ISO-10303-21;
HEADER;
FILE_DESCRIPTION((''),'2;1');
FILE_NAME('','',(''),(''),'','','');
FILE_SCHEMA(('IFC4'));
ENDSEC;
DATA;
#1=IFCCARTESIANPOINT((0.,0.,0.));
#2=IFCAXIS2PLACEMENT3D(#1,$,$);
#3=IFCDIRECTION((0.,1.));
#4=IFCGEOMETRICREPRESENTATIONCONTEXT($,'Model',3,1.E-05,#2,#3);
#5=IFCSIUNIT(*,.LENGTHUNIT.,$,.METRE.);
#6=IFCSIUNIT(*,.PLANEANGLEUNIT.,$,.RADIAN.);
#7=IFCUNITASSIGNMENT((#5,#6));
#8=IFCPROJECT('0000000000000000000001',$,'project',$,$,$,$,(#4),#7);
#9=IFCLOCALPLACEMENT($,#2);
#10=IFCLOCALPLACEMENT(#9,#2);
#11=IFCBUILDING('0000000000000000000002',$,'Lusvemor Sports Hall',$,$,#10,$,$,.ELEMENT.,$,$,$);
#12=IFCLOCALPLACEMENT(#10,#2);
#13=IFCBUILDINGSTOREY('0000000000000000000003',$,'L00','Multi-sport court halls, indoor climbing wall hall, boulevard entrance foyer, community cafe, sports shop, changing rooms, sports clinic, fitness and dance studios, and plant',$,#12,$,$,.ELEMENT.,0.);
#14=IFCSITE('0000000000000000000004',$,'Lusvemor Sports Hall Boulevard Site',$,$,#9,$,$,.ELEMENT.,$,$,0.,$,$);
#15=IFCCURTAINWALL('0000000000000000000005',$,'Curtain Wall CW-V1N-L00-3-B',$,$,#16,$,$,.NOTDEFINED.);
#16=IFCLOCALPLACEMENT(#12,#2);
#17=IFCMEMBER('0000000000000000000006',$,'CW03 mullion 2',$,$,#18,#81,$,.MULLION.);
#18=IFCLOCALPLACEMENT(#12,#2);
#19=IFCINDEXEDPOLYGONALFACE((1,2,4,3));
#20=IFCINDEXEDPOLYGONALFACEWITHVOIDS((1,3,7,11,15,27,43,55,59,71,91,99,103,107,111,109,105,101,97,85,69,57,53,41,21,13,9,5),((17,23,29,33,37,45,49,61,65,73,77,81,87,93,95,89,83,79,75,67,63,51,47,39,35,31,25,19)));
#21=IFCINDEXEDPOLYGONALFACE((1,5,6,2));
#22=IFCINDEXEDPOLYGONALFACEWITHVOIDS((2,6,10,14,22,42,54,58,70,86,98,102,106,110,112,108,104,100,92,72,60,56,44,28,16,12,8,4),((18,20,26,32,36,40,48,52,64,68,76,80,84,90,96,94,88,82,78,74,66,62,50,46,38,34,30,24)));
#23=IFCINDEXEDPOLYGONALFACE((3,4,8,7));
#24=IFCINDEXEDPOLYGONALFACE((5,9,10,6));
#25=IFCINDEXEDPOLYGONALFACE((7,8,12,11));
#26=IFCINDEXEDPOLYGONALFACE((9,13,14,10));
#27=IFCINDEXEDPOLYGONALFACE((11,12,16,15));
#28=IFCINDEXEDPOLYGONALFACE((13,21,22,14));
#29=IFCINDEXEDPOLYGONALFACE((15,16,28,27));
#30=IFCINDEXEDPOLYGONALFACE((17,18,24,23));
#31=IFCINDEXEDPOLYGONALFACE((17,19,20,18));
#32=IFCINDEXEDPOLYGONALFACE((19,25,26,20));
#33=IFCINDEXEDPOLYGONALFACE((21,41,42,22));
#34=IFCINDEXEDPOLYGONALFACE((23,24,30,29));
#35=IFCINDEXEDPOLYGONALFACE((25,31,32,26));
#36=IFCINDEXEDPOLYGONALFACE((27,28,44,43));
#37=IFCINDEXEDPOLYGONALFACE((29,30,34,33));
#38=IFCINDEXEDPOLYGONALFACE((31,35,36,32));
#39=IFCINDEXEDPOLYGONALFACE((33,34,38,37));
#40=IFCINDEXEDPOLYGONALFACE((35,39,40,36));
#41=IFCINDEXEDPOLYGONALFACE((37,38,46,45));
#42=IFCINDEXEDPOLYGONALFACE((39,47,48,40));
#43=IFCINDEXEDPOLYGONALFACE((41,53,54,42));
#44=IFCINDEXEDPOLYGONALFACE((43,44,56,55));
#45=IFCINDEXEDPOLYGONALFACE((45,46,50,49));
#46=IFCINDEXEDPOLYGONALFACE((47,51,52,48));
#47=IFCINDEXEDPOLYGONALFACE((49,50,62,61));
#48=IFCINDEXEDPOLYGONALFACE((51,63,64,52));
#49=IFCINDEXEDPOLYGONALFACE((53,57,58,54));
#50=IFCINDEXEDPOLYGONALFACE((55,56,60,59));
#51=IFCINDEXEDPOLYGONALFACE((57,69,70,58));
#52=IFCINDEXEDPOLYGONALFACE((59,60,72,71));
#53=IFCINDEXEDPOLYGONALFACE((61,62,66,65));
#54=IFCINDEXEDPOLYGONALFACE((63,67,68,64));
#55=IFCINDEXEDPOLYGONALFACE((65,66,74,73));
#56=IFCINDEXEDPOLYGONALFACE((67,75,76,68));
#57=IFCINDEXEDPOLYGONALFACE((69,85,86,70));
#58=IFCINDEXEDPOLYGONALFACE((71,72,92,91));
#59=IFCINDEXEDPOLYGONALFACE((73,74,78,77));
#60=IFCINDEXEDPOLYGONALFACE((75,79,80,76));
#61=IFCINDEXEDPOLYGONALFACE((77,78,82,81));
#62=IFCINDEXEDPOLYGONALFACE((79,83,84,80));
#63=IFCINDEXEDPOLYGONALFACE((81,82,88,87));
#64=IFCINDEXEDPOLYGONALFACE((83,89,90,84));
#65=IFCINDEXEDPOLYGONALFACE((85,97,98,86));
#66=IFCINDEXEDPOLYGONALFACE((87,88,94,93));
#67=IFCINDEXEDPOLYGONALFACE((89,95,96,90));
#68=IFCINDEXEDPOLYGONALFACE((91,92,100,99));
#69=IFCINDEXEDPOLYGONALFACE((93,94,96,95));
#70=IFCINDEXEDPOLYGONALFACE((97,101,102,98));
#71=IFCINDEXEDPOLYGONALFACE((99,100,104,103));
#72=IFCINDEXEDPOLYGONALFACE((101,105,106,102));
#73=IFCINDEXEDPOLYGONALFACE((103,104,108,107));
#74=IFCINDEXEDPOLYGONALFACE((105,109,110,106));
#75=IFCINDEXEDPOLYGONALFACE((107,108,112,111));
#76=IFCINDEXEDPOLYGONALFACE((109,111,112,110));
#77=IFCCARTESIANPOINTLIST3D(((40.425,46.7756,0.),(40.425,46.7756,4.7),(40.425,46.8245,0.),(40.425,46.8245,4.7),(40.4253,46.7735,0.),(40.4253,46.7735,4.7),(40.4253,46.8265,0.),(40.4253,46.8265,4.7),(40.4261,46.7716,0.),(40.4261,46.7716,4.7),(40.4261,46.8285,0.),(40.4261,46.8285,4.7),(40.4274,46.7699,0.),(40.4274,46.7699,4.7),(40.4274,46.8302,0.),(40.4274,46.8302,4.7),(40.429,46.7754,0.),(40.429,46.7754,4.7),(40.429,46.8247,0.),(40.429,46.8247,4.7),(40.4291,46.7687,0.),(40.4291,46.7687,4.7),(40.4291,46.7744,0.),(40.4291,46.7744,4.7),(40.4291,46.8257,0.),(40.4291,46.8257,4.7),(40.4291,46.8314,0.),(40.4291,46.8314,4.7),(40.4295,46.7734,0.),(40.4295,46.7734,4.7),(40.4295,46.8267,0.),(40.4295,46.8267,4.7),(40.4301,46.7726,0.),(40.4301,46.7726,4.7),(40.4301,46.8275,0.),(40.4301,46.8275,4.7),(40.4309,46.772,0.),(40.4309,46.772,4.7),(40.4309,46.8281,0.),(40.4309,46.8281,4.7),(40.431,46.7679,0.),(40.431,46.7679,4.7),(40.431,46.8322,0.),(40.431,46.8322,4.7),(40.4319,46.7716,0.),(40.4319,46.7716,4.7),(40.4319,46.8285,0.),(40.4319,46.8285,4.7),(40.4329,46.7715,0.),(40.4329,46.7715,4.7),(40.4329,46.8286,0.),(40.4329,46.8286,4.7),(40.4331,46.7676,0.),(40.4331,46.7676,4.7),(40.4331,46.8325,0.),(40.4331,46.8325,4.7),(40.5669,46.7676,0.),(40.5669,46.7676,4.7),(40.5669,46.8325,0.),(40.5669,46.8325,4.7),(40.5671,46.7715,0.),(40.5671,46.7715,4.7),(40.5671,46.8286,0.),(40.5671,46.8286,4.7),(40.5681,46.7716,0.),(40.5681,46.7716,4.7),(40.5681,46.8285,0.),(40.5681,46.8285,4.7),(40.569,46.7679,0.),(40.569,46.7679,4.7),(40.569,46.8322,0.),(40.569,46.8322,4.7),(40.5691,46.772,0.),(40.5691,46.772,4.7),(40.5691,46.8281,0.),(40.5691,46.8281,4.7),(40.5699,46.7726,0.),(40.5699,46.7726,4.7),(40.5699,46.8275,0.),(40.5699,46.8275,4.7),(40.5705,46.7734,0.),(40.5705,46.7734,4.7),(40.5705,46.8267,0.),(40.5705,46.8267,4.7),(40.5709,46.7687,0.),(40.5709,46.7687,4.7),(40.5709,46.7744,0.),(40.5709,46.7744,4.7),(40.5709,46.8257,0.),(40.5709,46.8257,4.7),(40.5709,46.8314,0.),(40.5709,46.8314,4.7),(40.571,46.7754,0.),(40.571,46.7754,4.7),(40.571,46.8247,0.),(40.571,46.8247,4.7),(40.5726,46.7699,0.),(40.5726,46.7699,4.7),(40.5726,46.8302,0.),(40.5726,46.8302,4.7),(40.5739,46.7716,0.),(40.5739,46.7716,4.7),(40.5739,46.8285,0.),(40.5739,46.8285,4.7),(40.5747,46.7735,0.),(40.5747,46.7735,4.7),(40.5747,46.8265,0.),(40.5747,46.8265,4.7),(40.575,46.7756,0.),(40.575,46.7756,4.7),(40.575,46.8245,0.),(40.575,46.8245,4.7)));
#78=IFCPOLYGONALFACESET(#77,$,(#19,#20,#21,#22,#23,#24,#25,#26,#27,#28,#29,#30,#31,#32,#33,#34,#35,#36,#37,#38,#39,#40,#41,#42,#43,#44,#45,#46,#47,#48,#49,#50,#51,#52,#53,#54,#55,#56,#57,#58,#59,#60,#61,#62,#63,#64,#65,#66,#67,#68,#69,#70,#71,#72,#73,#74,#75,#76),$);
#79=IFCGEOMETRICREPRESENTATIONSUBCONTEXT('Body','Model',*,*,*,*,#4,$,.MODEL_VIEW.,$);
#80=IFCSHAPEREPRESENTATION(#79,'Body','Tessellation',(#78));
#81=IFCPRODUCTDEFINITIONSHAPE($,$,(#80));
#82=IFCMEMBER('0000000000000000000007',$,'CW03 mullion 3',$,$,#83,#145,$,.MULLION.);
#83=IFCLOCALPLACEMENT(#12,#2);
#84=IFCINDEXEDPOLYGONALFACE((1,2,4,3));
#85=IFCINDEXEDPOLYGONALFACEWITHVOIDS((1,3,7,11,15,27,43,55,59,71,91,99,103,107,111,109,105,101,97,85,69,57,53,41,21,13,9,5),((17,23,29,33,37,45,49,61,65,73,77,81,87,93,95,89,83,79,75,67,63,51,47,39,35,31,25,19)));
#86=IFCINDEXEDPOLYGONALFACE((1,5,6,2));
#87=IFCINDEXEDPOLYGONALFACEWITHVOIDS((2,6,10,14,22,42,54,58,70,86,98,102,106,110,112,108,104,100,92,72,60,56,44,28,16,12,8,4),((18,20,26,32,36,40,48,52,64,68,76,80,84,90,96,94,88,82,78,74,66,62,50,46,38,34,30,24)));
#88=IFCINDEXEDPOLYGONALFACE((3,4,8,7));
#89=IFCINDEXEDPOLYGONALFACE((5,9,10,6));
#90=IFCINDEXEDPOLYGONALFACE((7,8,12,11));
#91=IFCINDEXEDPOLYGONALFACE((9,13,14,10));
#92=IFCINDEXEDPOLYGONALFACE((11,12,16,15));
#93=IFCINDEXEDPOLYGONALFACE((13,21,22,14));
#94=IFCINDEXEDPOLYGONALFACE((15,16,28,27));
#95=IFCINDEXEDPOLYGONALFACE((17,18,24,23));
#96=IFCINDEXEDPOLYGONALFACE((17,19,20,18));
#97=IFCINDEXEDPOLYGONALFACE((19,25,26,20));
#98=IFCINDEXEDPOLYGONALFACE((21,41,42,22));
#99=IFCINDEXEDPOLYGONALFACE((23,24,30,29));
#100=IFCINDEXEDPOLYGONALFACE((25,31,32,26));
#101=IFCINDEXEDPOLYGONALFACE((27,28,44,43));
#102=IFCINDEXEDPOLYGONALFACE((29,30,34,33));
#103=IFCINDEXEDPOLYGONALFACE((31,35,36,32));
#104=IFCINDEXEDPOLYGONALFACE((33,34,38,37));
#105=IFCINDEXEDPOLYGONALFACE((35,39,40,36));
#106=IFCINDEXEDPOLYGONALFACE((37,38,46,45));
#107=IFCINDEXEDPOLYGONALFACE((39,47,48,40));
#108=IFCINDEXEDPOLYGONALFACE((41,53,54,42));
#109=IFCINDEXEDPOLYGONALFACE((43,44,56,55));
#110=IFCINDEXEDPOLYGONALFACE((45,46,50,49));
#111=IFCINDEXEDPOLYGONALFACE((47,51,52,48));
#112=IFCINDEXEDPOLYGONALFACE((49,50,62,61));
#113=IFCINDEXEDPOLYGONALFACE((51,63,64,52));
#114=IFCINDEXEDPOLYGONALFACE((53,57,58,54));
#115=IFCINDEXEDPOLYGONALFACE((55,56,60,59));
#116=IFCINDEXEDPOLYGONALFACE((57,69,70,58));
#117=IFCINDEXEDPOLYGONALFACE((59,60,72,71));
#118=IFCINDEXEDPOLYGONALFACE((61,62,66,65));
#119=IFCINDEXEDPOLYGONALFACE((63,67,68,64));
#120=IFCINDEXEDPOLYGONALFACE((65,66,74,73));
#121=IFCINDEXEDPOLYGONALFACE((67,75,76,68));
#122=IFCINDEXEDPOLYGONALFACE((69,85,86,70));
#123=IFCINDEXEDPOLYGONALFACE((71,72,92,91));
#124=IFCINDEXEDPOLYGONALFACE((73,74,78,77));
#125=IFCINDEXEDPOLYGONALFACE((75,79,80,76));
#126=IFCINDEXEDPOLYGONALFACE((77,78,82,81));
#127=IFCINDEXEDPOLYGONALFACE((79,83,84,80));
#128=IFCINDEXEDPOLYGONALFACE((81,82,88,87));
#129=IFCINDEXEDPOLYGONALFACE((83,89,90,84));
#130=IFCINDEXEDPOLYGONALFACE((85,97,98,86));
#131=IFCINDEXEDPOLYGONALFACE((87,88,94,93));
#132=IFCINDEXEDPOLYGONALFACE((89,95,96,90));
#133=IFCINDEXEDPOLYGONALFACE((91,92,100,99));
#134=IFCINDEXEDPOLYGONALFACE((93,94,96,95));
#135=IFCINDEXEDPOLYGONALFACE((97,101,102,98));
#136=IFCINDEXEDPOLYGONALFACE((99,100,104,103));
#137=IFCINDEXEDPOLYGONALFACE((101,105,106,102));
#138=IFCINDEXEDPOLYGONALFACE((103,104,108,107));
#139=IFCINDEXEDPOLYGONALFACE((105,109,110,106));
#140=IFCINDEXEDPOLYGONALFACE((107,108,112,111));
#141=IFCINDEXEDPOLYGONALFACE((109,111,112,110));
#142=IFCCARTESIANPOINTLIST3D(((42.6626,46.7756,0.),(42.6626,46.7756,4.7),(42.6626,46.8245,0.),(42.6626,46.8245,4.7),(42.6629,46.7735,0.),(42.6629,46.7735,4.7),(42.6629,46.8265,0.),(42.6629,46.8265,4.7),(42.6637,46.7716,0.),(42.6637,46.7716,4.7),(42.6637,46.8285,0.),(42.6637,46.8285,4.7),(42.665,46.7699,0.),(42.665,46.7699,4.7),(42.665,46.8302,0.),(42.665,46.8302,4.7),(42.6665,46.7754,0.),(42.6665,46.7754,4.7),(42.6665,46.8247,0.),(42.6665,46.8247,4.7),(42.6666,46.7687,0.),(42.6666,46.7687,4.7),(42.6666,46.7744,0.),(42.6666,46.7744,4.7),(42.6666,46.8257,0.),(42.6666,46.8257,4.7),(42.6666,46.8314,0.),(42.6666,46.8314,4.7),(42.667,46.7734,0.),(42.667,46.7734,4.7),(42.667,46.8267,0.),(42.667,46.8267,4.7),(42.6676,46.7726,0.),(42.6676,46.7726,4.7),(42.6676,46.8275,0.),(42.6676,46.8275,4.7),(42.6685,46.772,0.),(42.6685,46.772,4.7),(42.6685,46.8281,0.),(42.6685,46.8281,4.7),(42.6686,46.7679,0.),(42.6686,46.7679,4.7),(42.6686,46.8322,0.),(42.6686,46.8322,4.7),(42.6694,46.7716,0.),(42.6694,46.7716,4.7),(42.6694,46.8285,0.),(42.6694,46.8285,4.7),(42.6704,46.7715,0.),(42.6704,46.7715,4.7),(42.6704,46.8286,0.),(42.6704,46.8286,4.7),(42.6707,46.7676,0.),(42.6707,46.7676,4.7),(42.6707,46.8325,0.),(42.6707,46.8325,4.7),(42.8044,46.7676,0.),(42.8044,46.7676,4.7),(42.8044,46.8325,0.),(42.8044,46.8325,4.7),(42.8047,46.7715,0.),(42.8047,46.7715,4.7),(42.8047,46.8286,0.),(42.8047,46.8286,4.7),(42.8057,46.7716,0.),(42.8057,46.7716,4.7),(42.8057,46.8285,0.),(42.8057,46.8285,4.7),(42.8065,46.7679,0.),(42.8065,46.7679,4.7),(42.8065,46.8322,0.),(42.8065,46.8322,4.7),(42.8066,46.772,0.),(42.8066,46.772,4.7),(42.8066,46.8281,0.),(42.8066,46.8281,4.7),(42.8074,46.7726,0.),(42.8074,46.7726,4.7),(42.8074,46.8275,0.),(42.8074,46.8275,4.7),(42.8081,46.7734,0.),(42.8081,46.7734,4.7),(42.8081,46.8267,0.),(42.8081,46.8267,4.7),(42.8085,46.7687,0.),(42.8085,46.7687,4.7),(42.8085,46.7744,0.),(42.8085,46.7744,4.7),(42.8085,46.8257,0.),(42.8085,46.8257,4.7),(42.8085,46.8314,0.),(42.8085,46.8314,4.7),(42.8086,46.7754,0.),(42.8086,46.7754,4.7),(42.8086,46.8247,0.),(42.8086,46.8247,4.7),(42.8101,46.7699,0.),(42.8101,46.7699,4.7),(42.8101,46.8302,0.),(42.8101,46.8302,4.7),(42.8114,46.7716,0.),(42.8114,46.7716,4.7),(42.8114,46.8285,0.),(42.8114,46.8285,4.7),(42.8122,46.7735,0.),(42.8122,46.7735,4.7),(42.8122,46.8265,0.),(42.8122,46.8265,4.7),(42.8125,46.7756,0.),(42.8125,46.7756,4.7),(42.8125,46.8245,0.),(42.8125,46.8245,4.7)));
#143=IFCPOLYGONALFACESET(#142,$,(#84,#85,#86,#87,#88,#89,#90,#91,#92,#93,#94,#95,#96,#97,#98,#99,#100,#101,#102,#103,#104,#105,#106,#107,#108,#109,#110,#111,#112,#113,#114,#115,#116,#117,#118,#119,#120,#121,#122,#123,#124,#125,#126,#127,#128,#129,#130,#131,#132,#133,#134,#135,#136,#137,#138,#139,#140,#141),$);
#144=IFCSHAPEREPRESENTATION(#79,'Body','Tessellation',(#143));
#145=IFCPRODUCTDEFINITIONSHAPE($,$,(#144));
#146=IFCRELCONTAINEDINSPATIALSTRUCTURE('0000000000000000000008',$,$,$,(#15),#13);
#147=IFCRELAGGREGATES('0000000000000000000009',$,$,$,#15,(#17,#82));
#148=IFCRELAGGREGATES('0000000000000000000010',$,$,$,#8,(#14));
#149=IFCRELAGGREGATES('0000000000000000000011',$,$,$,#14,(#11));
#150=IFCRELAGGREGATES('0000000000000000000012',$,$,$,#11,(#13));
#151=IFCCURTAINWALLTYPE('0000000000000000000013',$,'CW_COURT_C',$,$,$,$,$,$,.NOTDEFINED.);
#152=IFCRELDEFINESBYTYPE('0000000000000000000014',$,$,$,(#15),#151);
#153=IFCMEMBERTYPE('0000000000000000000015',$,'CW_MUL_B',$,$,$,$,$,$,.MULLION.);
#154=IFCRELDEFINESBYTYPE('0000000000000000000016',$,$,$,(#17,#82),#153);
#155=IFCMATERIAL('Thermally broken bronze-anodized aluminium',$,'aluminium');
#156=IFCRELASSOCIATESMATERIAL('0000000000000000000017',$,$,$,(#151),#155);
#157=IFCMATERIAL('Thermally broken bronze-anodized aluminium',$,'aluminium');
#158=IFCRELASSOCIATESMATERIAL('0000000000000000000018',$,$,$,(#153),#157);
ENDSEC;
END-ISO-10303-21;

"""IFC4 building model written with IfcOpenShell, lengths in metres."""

from ifc_helpers import new_model, si_unit, direction, frame, origin, origin_2d, place, context, subcontext, project, spatial, hollow_rectangle, extrude, material, material_profile, profile_set, type_object, element, aggregate, save


model = new_model("IFC4")

# Units and contexts
model_context = context("Model", 3, precision=1e-05, world=origin(), true_north=direction((0.0, 1.0)))
body_context = subcontext(model_context, "Body", "Model", "MODEL_VIEW")
ifc_project = project(units=[si_unit("LENGTHUNIT", "METRE"), si_unit("PLANEANGLEUNIT", "RADIAN")], contexts=[model_context])

# Site, building, storey
site_placement = place(None, origin())
site = spatial("IfcSite", under=ifc_project, at=site_placement, Name="Lusvemor Sports Hall Boulevard Site", CompositionType="ELEMENT", RefElevation=0.0)
building_placement = place(site_placement, origin())
building = spatial("IfcBuilding", under=site, at=building_placement, Name="Lusvemor Sports Hall", CompositionType="ELEMENT")
storey_placement = place(building_placement, origin())
storey = spatial("IfcBuildingStorey", under=building, at=storey_placement, Name="L00", Description="Multi-sport court halls, indoor climbing wall hall, boulevard entrance foyer, community cafe, sports shop, changing rooms, sports clinic, fitness and dance studios, and plant", CompositionType="ELEMENT", Elevation=0.0)

# Curtain wall, members
ifc_material_1 = material(Name="Thermally broken bronze-anodized aluminium", Category="aluminium")
curtain_wall_type = type_object("IfcCurtainWallType", Name="CW_COURT_C", PredefinedType="NOTDEFINED", material=ifc_material_1)
curtain_wall_placement = place(storey_placement, origin())
curtain_wall = element("IfcCurtainWall", 1, at=curtain_wall_placement, inside=storey, type_object=curtain_wall_type, Name="Curtain Wall CW-V1N-L00-3-B", PredefinedType="NOTDEFINED")
ifc_material_2 = material(Name="Thermally broken bronze-anodized aluminium", Category="aluminium")
ifc_material_profile_1 = material_profile(ifc_material_2, hollow_rectangle(XDim=0.0649, YDim=0.1499, WallThickness=0.0039, InnerFilletRadius=0.0039, OuterFilletRadius=0.0081, at=origin_2d()), Name="CWMUL150x65x4")
ifc_profile_set_1 = profile_set([ifc_material_profile_1], Name="Thermally broken bronze-anodized aluminium")
member_type_1 = type_object("IfcMemberType", Name="CW_MUL_B", PredefinedType="MULLION", material=ifc_profile_set_1)
member_1_placement = place(storey_placement, frame((40.5, 46.8, 0.0), z_axis=(0.0, 0.0, 1.0), x_axis=(0.0, 1.0, 0.0)))
member_1 = element("IfcMember", 2, at=member_1_placement, type_object=member_type_1, Name="CW03 mullion 2", PredefinedType="MULLION", context=body_context, shape_type="SweptSolid", body=[
    extrude(hollow_rectangle(XDim=0.0649, YDim=0.1499, WallThickness=0.0039, InnerFilletRadius=0.0039, OuterFilletRadius=0.0081, at=origin_2d()), origin(), (0.0, 0.0, 1.0), 4.7),
])
member_2_placement = place(storey_placement, frame((42.7375, 46.8, 0.0), z_axis=(0.0, 0.0, 1.0), x_axis=(0.0, 1.0, 0.0)))
member_2 = element("IfcMember", 3, at=member_2_placement, type_object=member_type_1, Name="CW03 mullion 3", PredefinedType="MULLION", context=body_context, shape_type="SweptSolid", body=[
    extrude(hollow_rectangle(XDim=0.0649, YDim=0.1499, WallThickness=0.0039, InnerFilletRadius=0.0039, OuterFilletRadius=0.0081, at=origin_2d()), origin(), (0.0, 0.0, 1.0), 4.7),
])
aggregate(curtain_wall, [member_1, member_2])

save(model, "model.ifc")
